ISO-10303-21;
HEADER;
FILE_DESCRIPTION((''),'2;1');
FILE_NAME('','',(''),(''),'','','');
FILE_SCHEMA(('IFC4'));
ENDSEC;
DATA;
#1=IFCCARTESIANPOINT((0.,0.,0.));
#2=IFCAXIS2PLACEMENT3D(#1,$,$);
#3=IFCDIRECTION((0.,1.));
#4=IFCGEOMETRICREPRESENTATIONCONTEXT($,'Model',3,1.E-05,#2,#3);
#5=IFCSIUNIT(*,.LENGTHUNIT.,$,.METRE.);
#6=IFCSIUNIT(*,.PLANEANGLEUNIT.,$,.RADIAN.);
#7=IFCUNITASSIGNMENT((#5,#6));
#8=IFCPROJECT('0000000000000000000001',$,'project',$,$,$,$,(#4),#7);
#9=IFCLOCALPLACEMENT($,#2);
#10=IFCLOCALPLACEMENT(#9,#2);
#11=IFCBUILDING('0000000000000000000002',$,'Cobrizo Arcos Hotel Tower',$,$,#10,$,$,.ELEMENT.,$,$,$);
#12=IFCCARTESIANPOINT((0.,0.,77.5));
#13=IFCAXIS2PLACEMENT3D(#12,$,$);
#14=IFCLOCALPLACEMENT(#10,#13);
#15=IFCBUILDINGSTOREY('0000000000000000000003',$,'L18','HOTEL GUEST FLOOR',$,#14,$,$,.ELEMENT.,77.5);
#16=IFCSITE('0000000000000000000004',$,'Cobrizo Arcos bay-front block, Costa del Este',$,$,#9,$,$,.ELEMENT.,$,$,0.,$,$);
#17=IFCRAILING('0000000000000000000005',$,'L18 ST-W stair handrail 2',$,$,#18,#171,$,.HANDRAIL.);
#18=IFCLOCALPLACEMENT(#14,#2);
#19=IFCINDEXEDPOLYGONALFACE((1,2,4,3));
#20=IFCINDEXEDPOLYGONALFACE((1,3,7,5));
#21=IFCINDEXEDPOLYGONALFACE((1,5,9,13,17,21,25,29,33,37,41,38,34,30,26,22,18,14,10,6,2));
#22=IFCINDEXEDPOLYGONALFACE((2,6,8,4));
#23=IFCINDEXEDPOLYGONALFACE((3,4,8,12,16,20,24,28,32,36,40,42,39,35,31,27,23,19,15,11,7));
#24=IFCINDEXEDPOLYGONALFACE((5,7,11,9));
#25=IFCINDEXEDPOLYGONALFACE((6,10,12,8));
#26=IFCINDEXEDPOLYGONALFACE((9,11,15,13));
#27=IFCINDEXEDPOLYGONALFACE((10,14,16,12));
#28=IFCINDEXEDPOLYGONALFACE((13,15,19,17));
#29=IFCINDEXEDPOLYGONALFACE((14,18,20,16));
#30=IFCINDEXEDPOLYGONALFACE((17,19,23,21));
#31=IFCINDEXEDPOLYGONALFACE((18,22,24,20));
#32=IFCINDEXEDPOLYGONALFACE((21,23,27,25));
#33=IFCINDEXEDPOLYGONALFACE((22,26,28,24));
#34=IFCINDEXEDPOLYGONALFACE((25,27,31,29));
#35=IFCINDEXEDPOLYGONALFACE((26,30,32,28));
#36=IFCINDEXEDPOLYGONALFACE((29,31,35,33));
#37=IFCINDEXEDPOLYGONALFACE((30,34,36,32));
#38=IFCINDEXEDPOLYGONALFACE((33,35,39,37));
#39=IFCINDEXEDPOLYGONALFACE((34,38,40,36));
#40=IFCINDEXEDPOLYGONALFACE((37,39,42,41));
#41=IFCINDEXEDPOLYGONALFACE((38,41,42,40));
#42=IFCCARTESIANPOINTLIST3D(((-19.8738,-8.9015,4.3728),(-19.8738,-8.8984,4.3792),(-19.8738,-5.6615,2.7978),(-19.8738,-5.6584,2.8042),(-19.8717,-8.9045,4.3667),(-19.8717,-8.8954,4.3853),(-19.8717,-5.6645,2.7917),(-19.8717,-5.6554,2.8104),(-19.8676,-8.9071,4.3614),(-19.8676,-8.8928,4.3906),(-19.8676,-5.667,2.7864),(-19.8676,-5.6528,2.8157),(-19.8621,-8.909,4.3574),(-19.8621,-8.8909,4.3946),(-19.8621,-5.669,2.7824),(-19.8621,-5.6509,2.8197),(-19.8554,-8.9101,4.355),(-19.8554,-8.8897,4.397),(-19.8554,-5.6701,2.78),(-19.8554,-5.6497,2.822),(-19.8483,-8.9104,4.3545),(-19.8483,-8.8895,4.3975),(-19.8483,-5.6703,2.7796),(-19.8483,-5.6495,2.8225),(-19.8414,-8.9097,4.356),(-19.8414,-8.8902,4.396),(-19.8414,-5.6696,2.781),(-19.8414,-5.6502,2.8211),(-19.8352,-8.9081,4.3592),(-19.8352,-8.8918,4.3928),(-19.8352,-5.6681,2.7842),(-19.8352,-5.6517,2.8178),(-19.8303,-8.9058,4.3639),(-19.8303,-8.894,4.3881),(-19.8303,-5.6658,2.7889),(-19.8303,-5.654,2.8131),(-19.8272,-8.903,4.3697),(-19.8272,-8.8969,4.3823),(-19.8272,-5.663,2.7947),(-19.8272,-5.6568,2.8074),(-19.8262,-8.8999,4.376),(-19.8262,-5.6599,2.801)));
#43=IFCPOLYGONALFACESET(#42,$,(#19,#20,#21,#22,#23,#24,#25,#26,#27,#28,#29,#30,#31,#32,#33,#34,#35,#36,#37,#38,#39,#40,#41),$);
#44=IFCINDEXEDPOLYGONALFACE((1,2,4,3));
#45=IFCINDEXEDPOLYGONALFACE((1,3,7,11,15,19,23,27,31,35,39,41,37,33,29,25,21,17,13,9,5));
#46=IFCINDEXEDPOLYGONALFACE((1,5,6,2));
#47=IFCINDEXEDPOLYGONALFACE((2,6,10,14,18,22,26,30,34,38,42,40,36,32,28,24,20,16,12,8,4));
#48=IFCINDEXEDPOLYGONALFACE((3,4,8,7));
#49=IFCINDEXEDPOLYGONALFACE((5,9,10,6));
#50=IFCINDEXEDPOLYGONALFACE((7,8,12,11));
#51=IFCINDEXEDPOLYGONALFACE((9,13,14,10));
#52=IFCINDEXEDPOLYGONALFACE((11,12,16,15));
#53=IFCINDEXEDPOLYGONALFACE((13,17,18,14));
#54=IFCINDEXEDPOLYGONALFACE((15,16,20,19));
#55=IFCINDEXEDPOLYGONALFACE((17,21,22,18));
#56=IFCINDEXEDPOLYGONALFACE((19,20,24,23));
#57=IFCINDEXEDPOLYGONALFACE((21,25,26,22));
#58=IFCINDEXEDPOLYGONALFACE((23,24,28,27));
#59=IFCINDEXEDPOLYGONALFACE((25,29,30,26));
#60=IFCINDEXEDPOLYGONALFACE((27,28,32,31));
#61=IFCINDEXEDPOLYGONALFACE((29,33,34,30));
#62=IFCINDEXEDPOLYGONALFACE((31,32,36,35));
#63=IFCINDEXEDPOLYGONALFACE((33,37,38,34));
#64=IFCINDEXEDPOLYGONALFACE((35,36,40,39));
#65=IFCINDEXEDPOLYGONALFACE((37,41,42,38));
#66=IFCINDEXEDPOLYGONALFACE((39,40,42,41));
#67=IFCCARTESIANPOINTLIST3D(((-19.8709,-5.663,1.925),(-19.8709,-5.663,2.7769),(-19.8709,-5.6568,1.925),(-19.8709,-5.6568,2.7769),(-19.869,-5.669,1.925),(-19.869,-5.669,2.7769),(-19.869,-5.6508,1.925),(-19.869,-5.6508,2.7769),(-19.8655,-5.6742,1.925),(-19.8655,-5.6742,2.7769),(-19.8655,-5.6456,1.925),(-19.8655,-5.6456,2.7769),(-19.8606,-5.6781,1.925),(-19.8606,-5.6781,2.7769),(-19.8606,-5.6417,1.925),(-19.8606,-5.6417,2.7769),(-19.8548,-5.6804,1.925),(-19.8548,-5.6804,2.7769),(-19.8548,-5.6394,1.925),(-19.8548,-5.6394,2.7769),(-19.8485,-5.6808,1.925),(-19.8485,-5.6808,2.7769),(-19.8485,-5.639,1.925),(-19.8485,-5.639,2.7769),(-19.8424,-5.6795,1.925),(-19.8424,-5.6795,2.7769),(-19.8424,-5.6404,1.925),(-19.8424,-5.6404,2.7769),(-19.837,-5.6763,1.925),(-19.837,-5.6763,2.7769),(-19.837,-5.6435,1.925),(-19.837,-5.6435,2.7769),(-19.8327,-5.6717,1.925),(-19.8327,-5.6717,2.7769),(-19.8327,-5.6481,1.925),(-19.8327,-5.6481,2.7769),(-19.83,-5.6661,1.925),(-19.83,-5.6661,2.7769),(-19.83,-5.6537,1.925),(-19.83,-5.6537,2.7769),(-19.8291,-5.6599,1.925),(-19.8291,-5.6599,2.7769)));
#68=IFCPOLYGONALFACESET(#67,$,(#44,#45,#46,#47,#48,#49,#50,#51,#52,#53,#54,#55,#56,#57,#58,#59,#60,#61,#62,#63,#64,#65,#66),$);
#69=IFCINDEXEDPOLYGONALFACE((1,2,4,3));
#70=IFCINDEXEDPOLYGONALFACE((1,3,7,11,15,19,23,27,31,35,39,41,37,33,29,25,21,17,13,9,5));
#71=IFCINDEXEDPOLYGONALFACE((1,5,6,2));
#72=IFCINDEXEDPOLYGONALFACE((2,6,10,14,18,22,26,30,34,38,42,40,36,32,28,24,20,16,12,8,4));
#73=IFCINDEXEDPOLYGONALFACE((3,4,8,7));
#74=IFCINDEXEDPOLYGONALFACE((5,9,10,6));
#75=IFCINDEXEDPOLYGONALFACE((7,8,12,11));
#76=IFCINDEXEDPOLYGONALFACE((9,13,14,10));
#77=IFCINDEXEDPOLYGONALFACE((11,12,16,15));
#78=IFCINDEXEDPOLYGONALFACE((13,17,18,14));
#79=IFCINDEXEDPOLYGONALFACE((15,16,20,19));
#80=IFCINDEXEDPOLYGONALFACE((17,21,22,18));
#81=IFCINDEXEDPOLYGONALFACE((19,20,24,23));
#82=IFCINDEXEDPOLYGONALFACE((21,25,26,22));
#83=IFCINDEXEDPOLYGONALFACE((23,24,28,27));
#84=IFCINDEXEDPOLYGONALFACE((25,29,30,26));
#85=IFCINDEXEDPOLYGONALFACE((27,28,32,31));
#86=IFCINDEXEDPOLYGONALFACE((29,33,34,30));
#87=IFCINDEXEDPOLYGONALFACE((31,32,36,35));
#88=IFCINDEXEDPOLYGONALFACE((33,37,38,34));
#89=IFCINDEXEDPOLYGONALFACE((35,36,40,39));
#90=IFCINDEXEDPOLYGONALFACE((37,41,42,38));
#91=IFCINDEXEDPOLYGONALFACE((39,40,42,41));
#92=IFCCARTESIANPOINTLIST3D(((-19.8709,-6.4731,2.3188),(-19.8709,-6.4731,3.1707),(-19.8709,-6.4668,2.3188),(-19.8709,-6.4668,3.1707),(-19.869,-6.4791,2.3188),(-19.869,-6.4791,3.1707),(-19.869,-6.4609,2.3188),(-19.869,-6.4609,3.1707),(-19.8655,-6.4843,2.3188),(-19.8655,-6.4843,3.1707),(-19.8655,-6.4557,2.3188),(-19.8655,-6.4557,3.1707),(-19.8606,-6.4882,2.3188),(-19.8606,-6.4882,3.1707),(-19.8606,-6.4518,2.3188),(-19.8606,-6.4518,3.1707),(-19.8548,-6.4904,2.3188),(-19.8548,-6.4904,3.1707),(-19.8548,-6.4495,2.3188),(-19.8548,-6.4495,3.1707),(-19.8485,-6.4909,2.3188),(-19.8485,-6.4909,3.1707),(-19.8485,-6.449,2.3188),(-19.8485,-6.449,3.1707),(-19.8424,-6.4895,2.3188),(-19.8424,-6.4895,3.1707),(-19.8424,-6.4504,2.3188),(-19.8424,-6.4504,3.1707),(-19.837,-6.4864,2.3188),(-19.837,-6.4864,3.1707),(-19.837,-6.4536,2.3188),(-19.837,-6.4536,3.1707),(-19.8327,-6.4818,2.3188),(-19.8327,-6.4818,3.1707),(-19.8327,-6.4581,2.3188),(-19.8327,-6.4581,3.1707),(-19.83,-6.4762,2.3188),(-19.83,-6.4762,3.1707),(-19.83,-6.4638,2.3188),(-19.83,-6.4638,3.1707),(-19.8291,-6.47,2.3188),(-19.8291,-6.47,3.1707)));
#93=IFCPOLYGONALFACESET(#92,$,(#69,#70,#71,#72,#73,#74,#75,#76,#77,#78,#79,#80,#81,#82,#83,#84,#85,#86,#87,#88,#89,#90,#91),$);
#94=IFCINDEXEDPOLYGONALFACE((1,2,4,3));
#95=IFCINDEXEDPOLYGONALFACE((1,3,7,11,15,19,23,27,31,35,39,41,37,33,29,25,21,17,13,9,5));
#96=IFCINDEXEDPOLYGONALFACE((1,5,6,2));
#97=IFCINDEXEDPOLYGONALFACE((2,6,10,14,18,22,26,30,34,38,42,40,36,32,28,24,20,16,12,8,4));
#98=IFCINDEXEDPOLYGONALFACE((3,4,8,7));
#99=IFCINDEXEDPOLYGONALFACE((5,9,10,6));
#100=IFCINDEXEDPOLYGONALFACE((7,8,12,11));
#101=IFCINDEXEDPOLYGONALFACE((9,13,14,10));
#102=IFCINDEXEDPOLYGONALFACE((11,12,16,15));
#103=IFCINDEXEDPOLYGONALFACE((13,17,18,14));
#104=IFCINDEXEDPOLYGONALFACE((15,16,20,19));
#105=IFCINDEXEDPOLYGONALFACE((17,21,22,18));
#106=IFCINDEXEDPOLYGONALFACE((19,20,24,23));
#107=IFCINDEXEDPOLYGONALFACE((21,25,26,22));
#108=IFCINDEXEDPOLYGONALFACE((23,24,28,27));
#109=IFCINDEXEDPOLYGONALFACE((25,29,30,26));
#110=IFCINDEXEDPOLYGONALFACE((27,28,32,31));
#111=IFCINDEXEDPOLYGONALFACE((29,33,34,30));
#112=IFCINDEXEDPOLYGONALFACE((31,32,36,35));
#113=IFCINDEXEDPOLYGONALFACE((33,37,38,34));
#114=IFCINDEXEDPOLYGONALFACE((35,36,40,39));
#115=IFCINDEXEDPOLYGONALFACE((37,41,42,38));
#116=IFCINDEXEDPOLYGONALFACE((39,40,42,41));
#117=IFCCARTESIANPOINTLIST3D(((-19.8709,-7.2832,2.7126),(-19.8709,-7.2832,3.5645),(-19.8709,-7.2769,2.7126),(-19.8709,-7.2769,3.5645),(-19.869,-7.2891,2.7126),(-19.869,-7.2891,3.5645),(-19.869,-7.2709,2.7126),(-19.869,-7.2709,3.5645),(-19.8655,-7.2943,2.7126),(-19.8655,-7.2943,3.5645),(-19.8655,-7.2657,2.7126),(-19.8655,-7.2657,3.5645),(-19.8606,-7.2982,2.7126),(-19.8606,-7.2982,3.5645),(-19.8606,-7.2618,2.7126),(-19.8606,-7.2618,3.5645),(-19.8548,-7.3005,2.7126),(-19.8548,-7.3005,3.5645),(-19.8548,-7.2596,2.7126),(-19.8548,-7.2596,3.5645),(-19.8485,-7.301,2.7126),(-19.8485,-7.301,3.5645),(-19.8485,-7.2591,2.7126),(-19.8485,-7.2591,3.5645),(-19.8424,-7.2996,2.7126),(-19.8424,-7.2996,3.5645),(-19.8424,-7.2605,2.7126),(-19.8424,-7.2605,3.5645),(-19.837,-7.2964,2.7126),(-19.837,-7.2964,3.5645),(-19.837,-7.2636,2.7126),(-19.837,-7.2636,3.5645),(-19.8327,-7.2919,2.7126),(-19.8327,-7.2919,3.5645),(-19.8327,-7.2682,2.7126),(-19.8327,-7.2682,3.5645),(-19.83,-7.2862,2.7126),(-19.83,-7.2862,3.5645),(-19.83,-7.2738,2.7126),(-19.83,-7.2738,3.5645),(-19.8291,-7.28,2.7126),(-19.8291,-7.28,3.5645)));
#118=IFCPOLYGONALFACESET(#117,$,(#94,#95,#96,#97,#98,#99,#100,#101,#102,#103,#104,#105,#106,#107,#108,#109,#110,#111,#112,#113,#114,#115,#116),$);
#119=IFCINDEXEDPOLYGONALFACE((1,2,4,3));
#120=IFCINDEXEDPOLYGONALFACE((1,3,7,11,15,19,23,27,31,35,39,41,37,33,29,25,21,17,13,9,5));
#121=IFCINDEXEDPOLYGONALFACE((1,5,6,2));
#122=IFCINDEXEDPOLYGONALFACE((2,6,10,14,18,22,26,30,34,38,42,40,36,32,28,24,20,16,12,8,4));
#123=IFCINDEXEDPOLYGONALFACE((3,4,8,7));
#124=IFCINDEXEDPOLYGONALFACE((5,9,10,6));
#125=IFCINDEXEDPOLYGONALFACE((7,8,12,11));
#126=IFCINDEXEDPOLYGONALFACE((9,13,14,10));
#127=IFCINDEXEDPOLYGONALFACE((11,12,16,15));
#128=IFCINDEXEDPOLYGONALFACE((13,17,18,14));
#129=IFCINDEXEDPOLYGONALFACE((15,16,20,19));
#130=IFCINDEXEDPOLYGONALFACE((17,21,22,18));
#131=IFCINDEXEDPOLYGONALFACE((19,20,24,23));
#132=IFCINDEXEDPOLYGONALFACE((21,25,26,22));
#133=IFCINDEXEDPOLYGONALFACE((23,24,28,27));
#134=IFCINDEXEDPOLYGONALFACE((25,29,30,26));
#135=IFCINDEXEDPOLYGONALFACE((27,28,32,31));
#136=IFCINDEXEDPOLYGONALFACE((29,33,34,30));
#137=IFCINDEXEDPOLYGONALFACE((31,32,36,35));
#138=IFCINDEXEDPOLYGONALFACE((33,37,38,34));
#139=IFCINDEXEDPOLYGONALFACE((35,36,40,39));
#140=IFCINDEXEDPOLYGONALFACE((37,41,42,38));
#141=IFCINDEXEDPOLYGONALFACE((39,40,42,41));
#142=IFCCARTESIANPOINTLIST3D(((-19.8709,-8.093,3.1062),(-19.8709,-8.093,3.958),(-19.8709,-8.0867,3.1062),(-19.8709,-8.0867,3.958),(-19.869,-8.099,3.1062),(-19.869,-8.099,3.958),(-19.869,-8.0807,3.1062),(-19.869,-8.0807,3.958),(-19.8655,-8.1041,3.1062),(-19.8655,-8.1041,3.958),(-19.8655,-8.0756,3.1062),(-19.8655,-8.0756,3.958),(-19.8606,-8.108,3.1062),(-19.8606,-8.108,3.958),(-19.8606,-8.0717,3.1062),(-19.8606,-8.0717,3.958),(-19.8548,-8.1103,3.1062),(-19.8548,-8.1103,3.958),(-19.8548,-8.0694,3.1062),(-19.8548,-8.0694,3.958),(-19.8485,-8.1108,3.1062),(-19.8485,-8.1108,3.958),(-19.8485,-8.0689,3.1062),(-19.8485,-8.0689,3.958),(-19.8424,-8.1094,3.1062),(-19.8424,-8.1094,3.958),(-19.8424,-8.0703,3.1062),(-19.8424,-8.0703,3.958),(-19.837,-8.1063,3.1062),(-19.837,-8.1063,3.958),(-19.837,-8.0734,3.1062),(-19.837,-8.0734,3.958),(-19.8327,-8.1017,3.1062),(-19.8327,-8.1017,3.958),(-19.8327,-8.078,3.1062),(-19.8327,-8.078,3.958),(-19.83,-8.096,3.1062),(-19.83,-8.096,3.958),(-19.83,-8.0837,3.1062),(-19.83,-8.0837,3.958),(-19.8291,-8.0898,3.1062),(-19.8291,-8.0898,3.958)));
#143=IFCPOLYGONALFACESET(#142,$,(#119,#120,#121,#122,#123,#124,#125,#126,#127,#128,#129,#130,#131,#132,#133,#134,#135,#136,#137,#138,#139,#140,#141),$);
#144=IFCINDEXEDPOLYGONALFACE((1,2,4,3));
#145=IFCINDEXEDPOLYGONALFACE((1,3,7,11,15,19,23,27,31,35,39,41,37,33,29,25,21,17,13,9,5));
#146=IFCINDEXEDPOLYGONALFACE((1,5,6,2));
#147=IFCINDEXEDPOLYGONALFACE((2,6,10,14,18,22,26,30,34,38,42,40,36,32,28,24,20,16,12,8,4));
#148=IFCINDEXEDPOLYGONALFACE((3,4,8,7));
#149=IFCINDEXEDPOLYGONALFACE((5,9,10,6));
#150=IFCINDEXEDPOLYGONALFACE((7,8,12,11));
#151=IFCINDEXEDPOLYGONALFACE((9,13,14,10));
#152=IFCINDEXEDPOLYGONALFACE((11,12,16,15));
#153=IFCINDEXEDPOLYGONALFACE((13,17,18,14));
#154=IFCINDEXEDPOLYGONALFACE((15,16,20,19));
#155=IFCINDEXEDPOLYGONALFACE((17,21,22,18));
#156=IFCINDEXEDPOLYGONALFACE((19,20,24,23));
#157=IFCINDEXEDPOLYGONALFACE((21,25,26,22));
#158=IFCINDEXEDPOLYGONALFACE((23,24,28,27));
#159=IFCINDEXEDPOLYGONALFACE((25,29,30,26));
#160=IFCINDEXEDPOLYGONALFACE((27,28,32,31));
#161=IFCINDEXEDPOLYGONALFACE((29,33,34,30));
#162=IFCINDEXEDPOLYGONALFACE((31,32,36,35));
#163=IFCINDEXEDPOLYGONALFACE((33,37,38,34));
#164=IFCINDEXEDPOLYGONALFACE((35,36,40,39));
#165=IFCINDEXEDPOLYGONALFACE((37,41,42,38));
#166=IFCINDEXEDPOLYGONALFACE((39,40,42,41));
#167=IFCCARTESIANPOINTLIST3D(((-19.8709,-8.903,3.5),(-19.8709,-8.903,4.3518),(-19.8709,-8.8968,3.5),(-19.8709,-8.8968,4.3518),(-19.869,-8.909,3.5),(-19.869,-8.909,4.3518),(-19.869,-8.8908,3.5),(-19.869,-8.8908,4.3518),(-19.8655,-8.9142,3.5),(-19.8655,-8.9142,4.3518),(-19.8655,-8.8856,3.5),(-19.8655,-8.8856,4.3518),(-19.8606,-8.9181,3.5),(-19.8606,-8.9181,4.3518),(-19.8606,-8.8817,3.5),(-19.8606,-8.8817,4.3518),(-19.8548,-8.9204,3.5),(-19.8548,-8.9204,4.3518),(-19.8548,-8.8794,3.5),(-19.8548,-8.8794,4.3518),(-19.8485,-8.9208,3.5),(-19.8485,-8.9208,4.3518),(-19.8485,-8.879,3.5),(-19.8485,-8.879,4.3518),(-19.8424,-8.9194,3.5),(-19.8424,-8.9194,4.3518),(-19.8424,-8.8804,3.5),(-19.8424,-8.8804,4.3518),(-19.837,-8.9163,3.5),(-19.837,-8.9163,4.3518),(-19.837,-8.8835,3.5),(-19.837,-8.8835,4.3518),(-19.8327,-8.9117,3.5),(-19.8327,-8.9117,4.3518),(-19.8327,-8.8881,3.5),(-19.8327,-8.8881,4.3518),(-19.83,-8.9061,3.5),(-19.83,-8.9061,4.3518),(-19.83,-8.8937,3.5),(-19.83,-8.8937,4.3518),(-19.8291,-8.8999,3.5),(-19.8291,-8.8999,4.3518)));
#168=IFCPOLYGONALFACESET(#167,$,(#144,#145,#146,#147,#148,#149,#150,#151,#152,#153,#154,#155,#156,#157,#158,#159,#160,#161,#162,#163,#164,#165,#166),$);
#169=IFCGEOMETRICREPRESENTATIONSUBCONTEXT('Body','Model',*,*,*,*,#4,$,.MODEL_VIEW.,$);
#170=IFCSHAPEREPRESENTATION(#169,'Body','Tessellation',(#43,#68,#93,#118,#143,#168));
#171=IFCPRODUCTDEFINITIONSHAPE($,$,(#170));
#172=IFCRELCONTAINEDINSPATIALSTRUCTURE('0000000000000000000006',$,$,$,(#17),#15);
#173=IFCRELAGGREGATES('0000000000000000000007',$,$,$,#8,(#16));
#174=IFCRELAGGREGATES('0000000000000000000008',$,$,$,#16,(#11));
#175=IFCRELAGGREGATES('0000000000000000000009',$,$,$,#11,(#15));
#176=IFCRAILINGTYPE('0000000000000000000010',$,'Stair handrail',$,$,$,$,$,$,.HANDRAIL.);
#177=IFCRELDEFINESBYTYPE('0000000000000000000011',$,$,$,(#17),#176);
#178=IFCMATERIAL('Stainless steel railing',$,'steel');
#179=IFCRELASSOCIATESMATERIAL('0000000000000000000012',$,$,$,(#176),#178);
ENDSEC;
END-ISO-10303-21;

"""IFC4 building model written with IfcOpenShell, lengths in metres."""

from ifc_helpers import new_model, si_unit, direction, frame, origin, origin_2d, place, context, subcontext, project, spatial, circle, extrude, material, type_object, element, save


model = new_model("IFC4")

# Units and contexts
model_context = context("Model", 3, precision=1e-05, world=origin(), true_north=direction((0.0, 1.0)))
body_context = subcontext(model_context, "Body", "Model", "MODEL_VIEW")
ifc_project = project(units=[si_unit("LENGTHUNIT", "METRE"), si_unit("PLANEANGLEUNIT", "RADIAN")], contexts=[model_context])

# Site, building, storey
site_placement = place(None, origin())
site = spatial("IfcSite", under=ifc_project, at=site_placement, Name="Cobrizo Arcos bay-front block, Costa del Este", CompositionType="ELEMENT", RefElevation=0.0)
building_placement = place(site_placement, origin())
building = spatial("IfcBuilding", under=site, at=building_placement, Name="Cobrizo Arcos Hotel Tower", CompositionType="ELEMENT")
storey_placement = place(building_placement, frame((0.0, 0.0, 77.5)))
storey = spatial("IfcBuildingStorey", under=building, at=storey_placement, Name="L18", Description="HOTEL GUEST FLOOR", CompositionType="ELEMENT", Elevation=77.5)

# Railing
ifc_material_1 = material(Name="Stainless steel railing", Category="steel")
railing_type_1 = type_object("IfcRailingType", Name="Stair handrail", PredefinedType="HANDRAIL", material=ifc_material_1)
railing_1_placement = place(storey_placement, frame((-19.8501, -5.6599, 1.925)))
element("IfcRailing", 1, at=railing_1_placement, inside=storey, type_object=railing_type_1, Name="L18 ST-W stair handrail 2", PredefinedType="HANDRAIL", context=body_context, shape_type="SweptSolid", body=[
    extrude(circle(Radius=0.0239, at=origin_2d()), frame((0.0, 0.0, 0.876), z_axis=(0.0, -0.899373, 0.437183), x_axis=(1.0, 0.0, 0.0)), (0.0, 0.0, 1.0), 3.6025),
    extrude(circle(Radius=0.021, at=origin_2d()), origin(), (0.0, 0.0, 1.0), 0.8518),
    extrude(circle(Radius=0.021, at=origin_2d()), frame((0.0, -0.8101, 0.3938)), (0.0, 0.0, 1.0), 0.8518),
    extrude(circle(Radius=0.021, at=origin_2d()), frame((0.0, -1.6201, 0.7876)), (0.0, 0.0, 1.0), 0.8518),
    extrude(circle(Radius=0.021, at=origin_2d()), frame((0.0, -2.4299, 1.1812)), (0.0, 0.0, 1.0), 0.8518),
    extrude(circle(Radius=0.021, at=origin_2d()), frame((0.0, -3.24, 1.575)), (0.0, 0.0, 1.0), 0.8518),
])

save(model, "model.ifc")
